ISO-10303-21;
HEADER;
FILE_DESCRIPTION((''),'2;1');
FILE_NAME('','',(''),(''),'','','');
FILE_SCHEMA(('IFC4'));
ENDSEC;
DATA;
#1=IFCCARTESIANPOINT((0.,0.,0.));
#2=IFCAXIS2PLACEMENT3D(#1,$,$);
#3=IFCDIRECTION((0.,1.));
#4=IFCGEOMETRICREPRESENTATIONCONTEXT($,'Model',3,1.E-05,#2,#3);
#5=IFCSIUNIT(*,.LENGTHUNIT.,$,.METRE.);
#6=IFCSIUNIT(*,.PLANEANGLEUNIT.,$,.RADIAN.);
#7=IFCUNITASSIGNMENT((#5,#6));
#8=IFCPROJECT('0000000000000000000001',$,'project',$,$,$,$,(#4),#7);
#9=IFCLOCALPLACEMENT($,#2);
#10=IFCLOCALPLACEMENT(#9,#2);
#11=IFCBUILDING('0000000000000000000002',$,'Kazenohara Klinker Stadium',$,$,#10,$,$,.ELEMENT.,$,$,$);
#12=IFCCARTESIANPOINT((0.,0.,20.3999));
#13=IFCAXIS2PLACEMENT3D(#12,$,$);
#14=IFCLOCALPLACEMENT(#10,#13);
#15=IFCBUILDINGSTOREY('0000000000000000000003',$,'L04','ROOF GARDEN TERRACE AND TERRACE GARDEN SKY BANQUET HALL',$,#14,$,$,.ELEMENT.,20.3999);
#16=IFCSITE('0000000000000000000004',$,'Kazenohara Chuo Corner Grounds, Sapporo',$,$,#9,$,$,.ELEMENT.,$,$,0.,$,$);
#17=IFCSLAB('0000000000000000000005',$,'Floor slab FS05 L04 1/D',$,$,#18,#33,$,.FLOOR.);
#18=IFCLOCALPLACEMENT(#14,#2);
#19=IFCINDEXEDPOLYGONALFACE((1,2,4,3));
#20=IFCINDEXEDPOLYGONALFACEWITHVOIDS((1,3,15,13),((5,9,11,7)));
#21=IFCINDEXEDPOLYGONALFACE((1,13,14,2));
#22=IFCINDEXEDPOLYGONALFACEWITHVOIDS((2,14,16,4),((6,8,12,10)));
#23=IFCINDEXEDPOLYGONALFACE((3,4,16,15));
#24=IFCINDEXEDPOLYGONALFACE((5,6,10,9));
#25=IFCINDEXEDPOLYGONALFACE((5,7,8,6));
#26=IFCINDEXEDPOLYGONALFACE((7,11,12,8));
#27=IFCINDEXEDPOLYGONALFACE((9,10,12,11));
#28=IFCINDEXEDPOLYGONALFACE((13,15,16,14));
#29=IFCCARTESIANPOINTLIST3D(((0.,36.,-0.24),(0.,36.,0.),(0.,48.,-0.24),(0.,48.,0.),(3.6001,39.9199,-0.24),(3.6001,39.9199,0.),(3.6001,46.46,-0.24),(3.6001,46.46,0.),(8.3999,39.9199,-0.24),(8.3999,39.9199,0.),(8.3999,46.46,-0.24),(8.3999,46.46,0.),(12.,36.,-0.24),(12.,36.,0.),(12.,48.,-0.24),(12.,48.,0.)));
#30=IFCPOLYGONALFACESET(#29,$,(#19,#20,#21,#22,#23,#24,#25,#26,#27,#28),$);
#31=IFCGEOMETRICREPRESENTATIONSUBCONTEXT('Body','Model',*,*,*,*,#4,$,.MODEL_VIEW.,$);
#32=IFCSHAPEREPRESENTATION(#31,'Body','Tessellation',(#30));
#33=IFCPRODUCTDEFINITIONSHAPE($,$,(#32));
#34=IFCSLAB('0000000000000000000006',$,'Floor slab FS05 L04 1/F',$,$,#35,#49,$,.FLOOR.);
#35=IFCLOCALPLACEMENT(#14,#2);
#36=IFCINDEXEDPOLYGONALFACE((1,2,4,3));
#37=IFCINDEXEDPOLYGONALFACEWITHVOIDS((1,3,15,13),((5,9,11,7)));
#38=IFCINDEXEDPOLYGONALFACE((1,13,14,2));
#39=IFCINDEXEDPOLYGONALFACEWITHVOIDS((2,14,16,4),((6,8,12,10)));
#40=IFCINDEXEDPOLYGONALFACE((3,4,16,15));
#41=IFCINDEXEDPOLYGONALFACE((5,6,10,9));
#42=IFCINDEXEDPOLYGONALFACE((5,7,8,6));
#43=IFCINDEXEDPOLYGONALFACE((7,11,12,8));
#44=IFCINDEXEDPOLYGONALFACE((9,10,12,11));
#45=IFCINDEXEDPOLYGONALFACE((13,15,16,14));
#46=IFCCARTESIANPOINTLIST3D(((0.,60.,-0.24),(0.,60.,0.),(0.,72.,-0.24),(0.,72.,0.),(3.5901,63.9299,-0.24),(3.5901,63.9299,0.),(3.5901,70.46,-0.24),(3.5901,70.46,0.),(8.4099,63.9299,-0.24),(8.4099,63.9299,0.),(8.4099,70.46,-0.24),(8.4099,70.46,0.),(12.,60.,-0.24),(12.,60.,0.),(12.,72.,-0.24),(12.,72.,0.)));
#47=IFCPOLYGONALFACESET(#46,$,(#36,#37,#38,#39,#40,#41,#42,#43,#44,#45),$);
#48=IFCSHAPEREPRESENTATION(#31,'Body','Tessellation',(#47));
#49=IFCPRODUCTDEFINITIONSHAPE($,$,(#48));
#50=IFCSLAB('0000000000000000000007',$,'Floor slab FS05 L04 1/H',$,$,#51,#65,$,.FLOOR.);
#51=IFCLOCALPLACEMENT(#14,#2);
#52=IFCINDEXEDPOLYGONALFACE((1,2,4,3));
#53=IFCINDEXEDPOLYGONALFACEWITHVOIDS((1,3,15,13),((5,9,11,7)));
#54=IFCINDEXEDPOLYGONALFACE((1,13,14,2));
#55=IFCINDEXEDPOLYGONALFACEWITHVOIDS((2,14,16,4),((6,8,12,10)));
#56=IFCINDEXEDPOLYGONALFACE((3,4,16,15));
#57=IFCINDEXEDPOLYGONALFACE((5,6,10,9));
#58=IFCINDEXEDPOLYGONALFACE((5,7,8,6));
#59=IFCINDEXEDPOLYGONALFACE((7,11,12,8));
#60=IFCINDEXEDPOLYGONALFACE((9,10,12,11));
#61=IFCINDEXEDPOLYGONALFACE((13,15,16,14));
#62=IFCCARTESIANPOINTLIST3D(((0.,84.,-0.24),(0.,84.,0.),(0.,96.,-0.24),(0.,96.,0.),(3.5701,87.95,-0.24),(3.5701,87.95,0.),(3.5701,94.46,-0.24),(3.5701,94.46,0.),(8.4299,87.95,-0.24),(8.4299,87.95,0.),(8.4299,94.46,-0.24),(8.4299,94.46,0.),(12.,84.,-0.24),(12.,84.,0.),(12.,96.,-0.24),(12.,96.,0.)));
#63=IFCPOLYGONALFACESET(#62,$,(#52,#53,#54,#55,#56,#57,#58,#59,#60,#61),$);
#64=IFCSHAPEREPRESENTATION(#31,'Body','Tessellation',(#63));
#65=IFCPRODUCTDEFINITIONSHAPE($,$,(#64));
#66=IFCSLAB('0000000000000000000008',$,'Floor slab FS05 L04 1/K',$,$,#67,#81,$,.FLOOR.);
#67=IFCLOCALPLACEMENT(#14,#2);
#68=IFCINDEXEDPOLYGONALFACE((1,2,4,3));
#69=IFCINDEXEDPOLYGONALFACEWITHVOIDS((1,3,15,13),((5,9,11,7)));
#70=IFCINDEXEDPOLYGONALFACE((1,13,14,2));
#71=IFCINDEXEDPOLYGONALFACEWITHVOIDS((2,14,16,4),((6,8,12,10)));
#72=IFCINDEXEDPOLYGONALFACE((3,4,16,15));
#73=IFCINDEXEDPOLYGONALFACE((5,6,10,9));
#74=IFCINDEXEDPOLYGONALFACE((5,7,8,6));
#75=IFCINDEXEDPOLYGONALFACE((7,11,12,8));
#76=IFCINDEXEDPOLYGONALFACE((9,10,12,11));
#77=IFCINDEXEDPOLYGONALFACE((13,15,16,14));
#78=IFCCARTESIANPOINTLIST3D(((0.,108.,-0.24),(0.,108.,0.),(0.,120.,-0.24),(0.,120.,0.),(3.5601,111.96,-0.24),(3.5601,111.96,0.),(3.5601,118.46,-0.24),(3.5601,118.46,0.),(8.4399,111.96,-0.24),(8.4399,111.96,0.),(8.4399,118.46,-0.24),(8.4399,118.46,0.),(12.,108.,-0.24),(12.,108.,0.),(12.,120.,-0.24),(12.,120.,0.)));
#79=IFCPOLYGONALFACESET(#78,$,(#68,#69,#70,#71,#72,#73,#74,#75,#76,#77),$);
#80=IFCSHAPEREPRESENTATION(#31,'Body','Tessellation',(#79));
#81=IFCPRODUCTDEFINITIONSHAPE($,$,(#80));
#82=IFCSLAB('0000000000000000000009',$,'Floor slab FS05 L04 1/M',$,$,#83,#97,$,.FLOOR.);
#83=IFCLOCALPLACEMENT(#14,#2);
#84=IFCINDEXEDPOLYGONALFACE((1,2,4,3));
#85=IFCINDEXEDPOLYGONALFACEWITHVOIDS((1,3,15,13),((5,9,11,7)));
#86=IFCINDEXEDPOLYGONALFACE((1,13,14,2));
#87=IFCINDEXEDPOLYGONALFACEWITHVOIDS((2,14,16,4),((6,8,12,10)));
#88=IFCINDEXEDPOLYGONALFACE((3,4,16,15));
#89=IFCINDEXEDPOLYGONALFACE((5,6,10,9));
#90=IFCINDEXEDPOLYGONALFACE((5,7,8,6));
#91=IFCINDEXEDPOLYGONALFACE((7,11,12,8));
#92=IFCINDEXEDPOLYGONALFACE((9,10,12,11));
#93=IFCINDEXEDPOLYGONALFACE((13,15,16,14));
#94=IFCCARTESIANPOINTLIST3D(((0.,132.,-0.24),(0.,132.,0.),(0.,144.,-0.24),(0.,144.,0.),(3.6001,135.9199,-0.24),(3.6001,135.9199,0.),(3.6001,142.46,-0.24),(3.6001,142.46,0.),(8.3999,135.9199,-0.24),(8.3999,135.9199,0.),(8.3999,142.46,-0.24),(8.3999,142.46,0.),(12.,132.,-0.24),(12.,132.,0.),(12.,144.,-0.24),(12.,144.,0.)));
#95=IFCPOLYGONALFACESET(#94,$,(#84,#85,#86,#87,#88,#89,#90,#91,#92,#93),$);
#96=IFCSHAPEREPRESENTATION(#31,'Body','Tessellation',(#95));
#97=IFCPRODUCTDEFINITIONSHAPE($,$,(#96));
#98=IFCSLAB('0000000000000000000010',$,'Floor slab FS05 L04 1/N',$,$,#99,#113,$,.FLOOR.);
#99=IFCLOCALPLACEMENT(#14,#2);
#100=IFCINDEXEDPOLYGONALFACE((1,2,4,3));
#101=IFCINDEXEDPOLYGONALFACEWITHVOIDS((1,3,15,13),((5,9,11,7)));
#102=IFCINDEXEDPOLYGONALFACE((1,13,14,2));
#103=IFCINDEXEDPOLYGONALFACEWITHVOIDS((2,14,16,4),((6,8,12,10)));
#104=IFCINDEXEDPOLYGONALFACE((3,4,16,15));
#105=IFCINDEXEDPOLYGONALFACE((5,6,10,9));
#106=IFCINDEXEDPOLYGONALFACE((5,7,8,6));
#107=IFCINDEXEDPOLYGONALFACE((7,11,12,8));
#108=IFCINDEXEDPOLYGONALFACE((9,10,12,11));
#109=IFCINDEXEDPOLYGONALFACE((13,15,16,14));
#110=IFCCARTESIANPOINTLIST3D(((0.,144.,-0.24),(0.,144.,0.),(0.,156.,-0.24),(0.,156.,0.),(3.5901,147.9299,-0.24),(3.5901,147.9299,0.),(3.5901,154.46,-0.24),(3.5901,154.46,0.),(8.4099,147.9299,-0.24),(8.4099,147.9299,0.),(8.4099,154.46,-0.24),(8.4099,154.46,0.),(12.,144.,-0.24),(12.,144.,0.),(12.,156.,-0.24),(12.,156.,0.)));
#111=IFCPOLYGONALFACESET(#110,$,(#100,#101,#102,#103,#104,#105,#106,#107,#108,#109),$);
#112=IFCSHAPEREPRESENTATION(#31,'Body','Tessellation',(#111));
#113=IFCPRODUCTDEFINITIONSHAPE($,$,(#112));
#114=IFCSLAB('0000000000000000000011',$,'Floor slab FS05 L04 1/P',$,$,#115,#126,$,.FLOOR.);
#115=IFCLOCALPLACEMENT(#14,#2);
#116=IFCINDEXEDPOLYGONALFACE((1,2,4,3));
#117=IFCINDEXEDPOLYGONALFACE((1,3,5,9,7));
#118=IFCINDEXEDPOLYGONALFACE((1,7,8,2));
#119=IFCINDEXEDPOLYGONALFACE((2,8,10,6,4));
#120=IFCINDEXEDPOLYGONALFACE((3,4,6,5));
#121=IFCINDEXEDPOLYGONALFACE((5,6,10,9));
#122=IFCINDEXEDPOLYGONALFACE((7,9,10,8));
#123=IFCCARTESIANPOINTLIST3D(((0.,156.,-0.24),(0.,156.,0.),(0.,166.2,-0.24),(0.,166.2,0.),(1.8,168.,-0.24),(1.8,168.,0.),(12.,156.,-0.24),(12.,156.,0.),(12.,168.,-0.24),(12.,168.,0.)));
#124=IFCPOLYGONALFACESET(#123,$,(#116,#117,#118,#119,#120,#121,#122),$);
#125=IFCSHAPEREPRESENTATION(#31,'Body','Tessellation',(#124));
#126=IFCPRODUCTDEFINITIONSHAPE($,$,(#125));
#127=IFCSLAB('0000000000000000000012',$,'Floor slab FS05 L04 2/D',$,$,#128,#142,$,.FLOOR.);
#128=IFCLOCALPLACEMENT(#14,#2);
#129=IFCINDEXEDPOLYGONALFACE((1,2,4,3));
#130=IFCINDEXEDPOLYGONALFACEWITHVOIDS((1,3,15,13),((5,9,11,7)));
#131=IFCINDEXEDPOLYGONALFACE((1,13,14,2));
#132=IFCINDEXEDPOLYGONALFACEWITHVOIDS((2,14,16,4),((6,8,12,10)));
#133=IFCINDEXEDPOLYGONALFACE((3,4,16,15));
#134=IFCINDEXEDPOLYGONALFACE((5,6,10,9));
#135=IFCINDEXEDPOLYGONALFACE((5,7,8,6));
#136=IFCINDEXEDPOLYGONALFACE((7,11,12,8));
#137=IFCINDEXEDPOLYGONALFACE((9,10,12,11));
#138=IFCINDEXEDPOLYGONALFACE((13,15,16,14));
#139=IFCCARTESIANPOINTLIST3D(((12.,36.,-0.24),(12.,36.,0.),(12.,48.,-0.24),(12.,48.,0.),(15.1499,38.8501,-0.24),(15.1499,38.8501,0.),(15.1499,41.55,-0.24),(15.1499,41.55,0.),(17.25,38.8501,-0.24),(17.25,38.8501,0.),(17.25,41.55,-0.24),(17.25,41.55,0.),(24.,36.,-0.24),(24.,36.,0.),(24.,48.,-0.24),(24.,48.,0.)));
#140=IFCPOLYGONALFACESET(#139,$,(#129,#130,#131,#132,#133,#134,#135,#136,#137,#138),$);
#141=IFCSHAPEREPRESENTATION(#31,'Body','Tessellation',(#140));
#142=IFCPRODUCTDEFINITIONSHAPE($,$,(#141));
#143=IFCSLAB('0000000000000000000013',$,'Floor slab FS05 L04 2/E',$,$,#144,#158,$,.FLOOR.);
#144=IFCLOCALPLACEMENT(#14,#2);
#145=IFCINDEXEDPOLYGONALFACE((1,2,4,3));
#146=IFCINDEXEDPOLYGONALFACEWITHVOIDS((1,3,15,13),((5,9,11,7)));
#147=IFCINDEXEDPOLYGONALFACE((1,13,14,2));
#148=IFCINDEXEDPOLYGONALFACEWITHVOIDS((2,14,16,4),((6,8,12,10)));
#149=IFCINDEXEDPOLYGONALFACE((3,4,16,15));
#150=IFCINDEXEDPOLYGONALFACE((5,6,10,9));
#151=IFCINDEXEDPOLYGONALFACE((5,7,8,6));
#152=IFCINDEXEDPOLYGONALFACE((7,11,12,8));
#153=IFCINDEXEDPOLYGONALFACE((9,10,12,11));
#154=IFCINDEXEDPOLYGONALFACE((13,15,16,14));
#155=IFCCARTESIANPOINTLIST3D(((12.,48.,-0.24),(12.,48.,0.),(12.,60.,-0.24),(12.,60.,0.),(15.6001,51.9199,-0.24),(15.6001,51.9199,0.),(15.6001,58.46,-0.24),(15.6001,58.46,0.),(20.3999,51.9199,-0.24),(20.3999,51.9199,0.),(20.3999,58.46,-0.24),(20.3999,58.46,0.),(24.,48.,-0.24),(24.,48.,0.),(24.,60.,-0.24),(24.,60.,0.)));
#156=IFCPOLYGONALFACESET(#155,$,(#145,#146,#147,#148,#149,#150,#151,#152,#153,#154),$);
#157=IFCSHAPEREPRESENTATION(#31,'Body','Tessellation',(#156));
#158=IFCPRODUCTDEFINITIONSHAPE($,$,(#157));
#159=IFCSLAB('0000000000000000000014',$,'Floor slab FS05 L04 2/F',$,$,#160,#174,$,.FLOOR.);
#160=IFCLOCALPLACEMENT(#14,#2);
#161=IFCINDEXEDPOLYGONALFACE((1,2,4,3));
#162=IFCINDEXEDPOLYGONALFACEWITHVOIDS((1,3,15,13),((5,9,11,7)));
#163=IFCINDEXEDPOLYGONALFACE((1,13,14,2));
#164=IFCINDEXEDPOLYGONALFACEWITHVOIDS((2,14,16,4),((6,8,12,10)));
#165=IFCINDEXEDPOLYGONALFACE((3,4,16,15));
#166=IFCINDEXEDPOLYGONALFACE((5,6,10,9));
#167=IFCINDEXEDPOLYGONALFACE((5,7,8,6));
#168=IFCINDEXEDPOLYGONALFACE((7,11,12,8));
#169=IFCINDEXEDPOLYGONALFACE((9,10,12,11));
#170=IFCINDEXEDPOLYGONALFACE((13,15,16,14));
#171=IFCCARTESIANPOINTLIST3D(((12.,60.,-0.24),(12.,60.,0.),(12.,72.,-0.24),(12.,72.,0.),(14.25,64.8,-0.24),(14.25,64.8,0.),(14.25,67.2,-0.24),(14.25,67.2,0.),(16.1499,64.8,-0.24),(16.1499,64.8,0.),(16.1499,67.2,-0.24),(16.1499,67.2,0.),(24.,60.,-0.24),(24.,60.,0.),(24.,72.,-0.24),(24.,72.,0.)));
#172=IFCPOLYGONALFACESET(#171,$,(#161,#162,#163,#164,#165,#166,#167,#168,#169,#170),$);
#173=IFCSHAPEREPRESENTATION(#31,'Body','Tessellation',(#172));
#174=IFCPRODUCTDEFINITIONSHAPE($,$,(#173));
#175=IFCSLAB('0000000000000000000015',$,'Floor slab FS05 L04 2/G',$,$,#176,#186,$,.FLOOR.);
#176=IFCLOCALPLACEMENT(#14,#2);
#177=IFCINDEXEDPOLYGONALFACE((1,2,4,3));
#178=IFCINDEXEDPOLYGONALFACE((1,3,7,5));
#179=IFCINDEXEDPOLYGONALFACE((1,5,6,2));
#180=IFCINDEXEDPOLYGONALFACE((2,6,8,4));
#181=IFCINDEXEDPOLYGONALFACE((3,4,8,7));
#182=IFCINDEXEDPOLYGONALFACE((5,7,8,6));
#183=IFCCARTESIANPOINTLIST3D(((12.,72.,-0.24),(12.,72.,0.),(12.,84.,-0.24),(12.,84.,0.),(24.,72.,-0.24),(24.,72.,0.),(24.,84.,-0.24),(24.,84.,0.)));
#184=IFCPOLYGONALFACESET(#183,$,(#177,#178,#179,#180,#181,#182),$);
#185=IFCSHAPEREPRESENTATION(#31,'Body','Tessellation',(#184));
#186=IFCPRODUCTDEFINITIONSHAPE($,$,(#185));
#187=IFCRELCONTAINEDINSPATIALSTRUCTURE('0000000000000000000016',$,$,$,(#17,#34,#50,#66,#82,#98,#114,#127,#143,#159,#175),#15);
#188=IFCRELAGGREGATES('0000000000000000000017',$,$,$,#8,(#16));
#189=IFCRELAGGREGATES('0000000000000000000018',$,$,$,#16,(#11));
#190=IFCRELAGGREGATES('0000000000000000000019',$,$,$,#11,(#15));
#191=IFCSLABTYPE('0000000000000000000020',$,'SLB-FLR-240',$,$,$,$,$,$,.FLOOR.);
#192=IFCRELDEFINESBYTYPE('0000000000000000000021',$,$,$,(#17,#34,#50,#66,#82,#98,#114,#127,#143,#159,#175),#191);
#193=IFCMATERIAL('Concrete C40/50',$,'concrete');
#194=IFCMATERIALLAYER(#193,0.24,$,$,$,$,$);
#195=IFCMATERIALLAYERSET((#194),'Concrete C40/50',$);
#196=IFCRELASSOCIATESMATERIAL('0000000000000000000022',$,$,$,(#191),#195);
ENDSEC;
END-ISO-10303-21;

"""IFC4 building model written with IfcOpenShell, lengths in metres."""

from ifc_helpers import new_model, si_unit, direction, frame, origin, place, context, subcontext, project, spatial, polyline, outline, extrude, material, layer, layer_set, type_object, element, save


model = new_model("IFC4")

# Units and contexts
model_context = context("Model", 3, precision=1e-05, world=origin(), true_north=direction((0.0, 1.0)))
body_context = subcontext(model_context, "Body", "Model", "MODEL_VIEW")
ifc_project = project(units=[si_unit("LENGTHUNIT", "METRE"), si_unit("PLANEANGLEUNIT", "RADIAN")], contexts=[model_context])

# Site, building, storey
site_placement = place(None, origin())
site = spatial("IfcSite", under=ifc_project, at=site_placement, Name="Kazenohara Chuo Corner Grounds, Sapporo", CompositionType="ELEMENT", RefElevation=0.0)
building_placement = place(site_placement, origin())
building = spatial("IfcBuilding", under=site, at=building_placement, Name="Kazenohara Klinker Stadium", CompositionType="ELEMENT")
storey_placement = place(building_placement, frame((0.0, 0.0, 20.3999)))
storey = spatial("IfcBuildingStorey", under=building, at=storey_placement, Name="L04", Description="ROOF GARDEN TERRACE AND TERRACE GARDEN SKY BANQUET HALL", CompositionType="ELEMENT", Elevation=20.3999)

# Slabs
ifc_material = material(Name="Concrete C40/50", Category="concrete")
ifc_layer = layer(ifc_material, 0.24)
ifc_layer_set = layer_set([ifc_layer], Name="Concrete C40/50")
slab_type = type_object("IfcSlabType", Name="SLB-FLR-240", PredefinedType="FLOOR", material=ifc_layer_set)
slab_1_placement = place(storey_placement, frame((0.0, 0.0, -0.24)))
element("IfcSlab", 1, at=slab_1_placement, inside=storey, type_object=slab_type, Name="Floor slab FS05 L04 1/D", PredefinedType="FLOOR", context=body_context, shape_type="SweptSolid", body=[
    extrude(outline(polyline([(0.0, 36.0), (12.0, 36.0), (12.0, 48.0), (0.0, 48.0), (0.0, 36.0)]), holes=[polyline([(8.3999, 39.9199), (8.3999, 46.46), (3.6001, 46.46), (3.6001, 39.9199), (8.3999, 39.9199)])]), origin(), (0.0, 0.0, 1.0), 0.24),
])
slab_2_placement = place(storey_placement, frame((0.0, 0.0, -0.24)))
element("IfcSlab", 2, at=slab_2_placement, inside=storey, type_object=slab_type, Name="Floor slab FS05 L04 1/F", PredefinedType="FLOOR", context=body_context, shape_type="SweptSolid", body=[
    extrude(outline(polyline([(0.0, 60.0), (12.0, 60.0), (12.0, 72.0), (0.0, 72.0), (0.0, 60.0)]), holes=[polyline([(8.4099, 63.9299), (8.4099, 70.46), (3.5901, 70.46), (3.5901, 63.9299), (8.4099, 63.9299)])]), origin(), (0.0, 0.0, 1.0), 0.24),
])
slab_3_placement = place(storey_placement, frame((0.0, 0.0, -0.24)))
element("IfcSlab", 3, at=slab_3_placement, inside=storey, type_object=slab_type, Name="Floor slab FS05 L04 1/H", PredefinedType="FLOOR", context=body_context, shape_type="SweptSolid", body=[
    extrude(outline(polyline([(0.0, 84.0), (12.0, 84.0), (12.0, 96.0), (0.0, 96.0), (0.0, 84.0)]), holes=[polyline([(8.4299, 87.95), (8.4299, 94.46), (3.5701, 94.46), (3.5701, 87.95), (8.4299, 87.95)])]), origin(), (0.0, 0.0, 1.0), 0.24),
])
slab_4_placement = place(storey_placement, frame((0.0, 0.0, -0.24)))
element("IfcSlab", 4, at=slab_4_placement, inside=storey, type_object=slab_type, Name="Floor slab FS05 L04 1/K", PredefinedType="FLOOR", context=body_context, shape_type="SweptSolid", body=[
    extrude(outline(polyline([(0.0, 108.0), (12.0, 108.0), (12.0, 120.0), (0.0, 120.0), (0.0, 108.0)]), holes=[polyline([(8.4399, 111.96), (8.4399, 118.46), (3.5601, 118.46), (3.5601, 111.96), (8.4399, 111.96)])]), origin(), (0.0, 0.0, 1.0), 0.24),
])
slab_5_placement = place(storey_placement, frame((0.0, 0.0, -0.24)))
element("IfcSlab", 5, at=slab_5_placement, inside=storey, type_object=slab_type, Name="Floor slab FS05 L04 1/M", PredefinedType="FLOOR", context=body_context, shape_type="SweptSolid", body=[
    extrude(outline(polyline([(0.0, 132.0), (12.0, 132.0), (12.0, 144.0), (0.0, 144.0), (0.0, 132.0)]), holes=[polyline([(8.3999, 135.9199), (8.3999, 142.46), (3.6001, 142.46), (3.6001, 135.9199), (8.3999, 135.9199)])]), origin(), (0.0, 0.0, 1.0), 0.24),
])
slab_6_placement = place(storey_placement, frame((0.0, 0.0, -0.24)))
element("IfcSlab", 6, at=slab_6_placement, inside=storey, type_object=slab_type, Name="Floor slab FS05 L04 1/N", PredefinedType="FLOOR", context=body_context, shape_type="SweptSolid", body=[
    extrude(outline(polyline([(0.0, 144.0), (12.0, 144.0), (12.0, 156.0), (0.0, 156.0), (0.0, 144.0)]), holes=[polyline([(8.4099, 147.9299), (8.4099, 154.46), (3.5901, 154.46), (3.5901, 147.9299), (8.4099, 147.9299)])]), origin(), (0.0, 0.0, 1.0), 0.24),
])
slab_7_placement = place(storey_placement, frame((0.0, 0.0, -0.24)))
element("IfcSlab", 7, at=slab_7_placement, inside=storey, type_object=slab_type, Name="Floor slab FS05 L04 1/P", PredefinedType="FLOOR", context=body_context, shape_type="SweptSolid", body=[
    extrude(outline(polyline([(0.0, 156.0), (12.0, 156.0), (12.0, 168.0), (1.8, 168.0), (0.0, 166.2), (0.0, 156.0)])), origin(), (0.0, 0.0, 1.0), 0.24),
])
slab_8_placement = place(storey_placement, frame((0.0, 0.0, -0.24)))
element("IfcSlab", 8, at=slab_8_placement, inside=storey, type_object=slab_type, Name="Floor slab FS05 L04 2/D", PredefinedType="FLOOR", context=body_context, shape_type="SweptSolid", body=[
    extrude(outline(polyline([(12.0, 36.0), (24.0, 36.0), (24.0, 48.0), (12.0, 48.0), (12.0, 36.0)]), holes=[polyline([(15.1499, 38.8501), (17.25, 38.8501), (17.25, 41.55), (15.1499, 41.55), (15.1499, 38.8501)])]), origin(), (0.0, 0.0, 1.0), 0.24),
])
slab_9_placement = place(storey_placement, frame((0.0, 0.0, -0.24)))
element("IfcSlab", 9, at=slab_9_placement, inside=storey, type_object=slab_type, Name="Floor slab FS05 L04 2/E", PredefinedType="FLOOR", context=body_context, shape_type="SweptSolid", body=[
    extrude(outline(polyline([(12.0, 48.0), (24.0, 48.0), (24.0, 60.0), (12.0, 60.0), (12.0, 48.0)]), holes=[polyline([(20.3999, 51.9199), (20.3999, 58.46), (15.6001, 58.46), (15.6001, 51.9199), (20.3999, 51.9199)])]), origin(), (0.0, 0.0, 1.0), 0.24),
])
slab_10_placement = place(storey_placement, frame((0.0, 0.0, -0.24)))
element("IfcSlab", 10, at=slab_10_placement, inside=storey, type_object=slab_type, Name="Floor slab FS05 L04 2/F", PredefinedType="FLOOR", context=body_context, shape_type="SweptSolid", body=[
    extrude(outline(polyline([(12.0, 60.0), (24.0, 60.0), (24.0, 72.0), (12.0, 72.0), (12.0, 60.0)]), holes=[polyline([(14.25, 64.8), (16.1499, 64.8), (16.1499, 67.2), (14.25, 67.2), (14.25, 64.8)])]), origin(), (0.0, 0.0, 1.0), 0.24),
])
slab_11_placement = place(storey_placement, frame((0.0, 0.0, -0.24)))
element("IfcSlab", 11, at=slab_11_placement, inside=storey, type_object=slab_type, Name="Floor slab FS05 L04 2/G", PredefinedType="FLOOR", context=body_context, shape_type="SweptSolid", body=[
    extrude(outline(polyline([(12.0, 72.0), (24.0, 72.0), (24.0, 84.0), (12.0, 84.0), (12.0, 72.0)])), origin(), (0.0, 0.0, 1.0), 0.24),
])

save(model, "model.ifc")
